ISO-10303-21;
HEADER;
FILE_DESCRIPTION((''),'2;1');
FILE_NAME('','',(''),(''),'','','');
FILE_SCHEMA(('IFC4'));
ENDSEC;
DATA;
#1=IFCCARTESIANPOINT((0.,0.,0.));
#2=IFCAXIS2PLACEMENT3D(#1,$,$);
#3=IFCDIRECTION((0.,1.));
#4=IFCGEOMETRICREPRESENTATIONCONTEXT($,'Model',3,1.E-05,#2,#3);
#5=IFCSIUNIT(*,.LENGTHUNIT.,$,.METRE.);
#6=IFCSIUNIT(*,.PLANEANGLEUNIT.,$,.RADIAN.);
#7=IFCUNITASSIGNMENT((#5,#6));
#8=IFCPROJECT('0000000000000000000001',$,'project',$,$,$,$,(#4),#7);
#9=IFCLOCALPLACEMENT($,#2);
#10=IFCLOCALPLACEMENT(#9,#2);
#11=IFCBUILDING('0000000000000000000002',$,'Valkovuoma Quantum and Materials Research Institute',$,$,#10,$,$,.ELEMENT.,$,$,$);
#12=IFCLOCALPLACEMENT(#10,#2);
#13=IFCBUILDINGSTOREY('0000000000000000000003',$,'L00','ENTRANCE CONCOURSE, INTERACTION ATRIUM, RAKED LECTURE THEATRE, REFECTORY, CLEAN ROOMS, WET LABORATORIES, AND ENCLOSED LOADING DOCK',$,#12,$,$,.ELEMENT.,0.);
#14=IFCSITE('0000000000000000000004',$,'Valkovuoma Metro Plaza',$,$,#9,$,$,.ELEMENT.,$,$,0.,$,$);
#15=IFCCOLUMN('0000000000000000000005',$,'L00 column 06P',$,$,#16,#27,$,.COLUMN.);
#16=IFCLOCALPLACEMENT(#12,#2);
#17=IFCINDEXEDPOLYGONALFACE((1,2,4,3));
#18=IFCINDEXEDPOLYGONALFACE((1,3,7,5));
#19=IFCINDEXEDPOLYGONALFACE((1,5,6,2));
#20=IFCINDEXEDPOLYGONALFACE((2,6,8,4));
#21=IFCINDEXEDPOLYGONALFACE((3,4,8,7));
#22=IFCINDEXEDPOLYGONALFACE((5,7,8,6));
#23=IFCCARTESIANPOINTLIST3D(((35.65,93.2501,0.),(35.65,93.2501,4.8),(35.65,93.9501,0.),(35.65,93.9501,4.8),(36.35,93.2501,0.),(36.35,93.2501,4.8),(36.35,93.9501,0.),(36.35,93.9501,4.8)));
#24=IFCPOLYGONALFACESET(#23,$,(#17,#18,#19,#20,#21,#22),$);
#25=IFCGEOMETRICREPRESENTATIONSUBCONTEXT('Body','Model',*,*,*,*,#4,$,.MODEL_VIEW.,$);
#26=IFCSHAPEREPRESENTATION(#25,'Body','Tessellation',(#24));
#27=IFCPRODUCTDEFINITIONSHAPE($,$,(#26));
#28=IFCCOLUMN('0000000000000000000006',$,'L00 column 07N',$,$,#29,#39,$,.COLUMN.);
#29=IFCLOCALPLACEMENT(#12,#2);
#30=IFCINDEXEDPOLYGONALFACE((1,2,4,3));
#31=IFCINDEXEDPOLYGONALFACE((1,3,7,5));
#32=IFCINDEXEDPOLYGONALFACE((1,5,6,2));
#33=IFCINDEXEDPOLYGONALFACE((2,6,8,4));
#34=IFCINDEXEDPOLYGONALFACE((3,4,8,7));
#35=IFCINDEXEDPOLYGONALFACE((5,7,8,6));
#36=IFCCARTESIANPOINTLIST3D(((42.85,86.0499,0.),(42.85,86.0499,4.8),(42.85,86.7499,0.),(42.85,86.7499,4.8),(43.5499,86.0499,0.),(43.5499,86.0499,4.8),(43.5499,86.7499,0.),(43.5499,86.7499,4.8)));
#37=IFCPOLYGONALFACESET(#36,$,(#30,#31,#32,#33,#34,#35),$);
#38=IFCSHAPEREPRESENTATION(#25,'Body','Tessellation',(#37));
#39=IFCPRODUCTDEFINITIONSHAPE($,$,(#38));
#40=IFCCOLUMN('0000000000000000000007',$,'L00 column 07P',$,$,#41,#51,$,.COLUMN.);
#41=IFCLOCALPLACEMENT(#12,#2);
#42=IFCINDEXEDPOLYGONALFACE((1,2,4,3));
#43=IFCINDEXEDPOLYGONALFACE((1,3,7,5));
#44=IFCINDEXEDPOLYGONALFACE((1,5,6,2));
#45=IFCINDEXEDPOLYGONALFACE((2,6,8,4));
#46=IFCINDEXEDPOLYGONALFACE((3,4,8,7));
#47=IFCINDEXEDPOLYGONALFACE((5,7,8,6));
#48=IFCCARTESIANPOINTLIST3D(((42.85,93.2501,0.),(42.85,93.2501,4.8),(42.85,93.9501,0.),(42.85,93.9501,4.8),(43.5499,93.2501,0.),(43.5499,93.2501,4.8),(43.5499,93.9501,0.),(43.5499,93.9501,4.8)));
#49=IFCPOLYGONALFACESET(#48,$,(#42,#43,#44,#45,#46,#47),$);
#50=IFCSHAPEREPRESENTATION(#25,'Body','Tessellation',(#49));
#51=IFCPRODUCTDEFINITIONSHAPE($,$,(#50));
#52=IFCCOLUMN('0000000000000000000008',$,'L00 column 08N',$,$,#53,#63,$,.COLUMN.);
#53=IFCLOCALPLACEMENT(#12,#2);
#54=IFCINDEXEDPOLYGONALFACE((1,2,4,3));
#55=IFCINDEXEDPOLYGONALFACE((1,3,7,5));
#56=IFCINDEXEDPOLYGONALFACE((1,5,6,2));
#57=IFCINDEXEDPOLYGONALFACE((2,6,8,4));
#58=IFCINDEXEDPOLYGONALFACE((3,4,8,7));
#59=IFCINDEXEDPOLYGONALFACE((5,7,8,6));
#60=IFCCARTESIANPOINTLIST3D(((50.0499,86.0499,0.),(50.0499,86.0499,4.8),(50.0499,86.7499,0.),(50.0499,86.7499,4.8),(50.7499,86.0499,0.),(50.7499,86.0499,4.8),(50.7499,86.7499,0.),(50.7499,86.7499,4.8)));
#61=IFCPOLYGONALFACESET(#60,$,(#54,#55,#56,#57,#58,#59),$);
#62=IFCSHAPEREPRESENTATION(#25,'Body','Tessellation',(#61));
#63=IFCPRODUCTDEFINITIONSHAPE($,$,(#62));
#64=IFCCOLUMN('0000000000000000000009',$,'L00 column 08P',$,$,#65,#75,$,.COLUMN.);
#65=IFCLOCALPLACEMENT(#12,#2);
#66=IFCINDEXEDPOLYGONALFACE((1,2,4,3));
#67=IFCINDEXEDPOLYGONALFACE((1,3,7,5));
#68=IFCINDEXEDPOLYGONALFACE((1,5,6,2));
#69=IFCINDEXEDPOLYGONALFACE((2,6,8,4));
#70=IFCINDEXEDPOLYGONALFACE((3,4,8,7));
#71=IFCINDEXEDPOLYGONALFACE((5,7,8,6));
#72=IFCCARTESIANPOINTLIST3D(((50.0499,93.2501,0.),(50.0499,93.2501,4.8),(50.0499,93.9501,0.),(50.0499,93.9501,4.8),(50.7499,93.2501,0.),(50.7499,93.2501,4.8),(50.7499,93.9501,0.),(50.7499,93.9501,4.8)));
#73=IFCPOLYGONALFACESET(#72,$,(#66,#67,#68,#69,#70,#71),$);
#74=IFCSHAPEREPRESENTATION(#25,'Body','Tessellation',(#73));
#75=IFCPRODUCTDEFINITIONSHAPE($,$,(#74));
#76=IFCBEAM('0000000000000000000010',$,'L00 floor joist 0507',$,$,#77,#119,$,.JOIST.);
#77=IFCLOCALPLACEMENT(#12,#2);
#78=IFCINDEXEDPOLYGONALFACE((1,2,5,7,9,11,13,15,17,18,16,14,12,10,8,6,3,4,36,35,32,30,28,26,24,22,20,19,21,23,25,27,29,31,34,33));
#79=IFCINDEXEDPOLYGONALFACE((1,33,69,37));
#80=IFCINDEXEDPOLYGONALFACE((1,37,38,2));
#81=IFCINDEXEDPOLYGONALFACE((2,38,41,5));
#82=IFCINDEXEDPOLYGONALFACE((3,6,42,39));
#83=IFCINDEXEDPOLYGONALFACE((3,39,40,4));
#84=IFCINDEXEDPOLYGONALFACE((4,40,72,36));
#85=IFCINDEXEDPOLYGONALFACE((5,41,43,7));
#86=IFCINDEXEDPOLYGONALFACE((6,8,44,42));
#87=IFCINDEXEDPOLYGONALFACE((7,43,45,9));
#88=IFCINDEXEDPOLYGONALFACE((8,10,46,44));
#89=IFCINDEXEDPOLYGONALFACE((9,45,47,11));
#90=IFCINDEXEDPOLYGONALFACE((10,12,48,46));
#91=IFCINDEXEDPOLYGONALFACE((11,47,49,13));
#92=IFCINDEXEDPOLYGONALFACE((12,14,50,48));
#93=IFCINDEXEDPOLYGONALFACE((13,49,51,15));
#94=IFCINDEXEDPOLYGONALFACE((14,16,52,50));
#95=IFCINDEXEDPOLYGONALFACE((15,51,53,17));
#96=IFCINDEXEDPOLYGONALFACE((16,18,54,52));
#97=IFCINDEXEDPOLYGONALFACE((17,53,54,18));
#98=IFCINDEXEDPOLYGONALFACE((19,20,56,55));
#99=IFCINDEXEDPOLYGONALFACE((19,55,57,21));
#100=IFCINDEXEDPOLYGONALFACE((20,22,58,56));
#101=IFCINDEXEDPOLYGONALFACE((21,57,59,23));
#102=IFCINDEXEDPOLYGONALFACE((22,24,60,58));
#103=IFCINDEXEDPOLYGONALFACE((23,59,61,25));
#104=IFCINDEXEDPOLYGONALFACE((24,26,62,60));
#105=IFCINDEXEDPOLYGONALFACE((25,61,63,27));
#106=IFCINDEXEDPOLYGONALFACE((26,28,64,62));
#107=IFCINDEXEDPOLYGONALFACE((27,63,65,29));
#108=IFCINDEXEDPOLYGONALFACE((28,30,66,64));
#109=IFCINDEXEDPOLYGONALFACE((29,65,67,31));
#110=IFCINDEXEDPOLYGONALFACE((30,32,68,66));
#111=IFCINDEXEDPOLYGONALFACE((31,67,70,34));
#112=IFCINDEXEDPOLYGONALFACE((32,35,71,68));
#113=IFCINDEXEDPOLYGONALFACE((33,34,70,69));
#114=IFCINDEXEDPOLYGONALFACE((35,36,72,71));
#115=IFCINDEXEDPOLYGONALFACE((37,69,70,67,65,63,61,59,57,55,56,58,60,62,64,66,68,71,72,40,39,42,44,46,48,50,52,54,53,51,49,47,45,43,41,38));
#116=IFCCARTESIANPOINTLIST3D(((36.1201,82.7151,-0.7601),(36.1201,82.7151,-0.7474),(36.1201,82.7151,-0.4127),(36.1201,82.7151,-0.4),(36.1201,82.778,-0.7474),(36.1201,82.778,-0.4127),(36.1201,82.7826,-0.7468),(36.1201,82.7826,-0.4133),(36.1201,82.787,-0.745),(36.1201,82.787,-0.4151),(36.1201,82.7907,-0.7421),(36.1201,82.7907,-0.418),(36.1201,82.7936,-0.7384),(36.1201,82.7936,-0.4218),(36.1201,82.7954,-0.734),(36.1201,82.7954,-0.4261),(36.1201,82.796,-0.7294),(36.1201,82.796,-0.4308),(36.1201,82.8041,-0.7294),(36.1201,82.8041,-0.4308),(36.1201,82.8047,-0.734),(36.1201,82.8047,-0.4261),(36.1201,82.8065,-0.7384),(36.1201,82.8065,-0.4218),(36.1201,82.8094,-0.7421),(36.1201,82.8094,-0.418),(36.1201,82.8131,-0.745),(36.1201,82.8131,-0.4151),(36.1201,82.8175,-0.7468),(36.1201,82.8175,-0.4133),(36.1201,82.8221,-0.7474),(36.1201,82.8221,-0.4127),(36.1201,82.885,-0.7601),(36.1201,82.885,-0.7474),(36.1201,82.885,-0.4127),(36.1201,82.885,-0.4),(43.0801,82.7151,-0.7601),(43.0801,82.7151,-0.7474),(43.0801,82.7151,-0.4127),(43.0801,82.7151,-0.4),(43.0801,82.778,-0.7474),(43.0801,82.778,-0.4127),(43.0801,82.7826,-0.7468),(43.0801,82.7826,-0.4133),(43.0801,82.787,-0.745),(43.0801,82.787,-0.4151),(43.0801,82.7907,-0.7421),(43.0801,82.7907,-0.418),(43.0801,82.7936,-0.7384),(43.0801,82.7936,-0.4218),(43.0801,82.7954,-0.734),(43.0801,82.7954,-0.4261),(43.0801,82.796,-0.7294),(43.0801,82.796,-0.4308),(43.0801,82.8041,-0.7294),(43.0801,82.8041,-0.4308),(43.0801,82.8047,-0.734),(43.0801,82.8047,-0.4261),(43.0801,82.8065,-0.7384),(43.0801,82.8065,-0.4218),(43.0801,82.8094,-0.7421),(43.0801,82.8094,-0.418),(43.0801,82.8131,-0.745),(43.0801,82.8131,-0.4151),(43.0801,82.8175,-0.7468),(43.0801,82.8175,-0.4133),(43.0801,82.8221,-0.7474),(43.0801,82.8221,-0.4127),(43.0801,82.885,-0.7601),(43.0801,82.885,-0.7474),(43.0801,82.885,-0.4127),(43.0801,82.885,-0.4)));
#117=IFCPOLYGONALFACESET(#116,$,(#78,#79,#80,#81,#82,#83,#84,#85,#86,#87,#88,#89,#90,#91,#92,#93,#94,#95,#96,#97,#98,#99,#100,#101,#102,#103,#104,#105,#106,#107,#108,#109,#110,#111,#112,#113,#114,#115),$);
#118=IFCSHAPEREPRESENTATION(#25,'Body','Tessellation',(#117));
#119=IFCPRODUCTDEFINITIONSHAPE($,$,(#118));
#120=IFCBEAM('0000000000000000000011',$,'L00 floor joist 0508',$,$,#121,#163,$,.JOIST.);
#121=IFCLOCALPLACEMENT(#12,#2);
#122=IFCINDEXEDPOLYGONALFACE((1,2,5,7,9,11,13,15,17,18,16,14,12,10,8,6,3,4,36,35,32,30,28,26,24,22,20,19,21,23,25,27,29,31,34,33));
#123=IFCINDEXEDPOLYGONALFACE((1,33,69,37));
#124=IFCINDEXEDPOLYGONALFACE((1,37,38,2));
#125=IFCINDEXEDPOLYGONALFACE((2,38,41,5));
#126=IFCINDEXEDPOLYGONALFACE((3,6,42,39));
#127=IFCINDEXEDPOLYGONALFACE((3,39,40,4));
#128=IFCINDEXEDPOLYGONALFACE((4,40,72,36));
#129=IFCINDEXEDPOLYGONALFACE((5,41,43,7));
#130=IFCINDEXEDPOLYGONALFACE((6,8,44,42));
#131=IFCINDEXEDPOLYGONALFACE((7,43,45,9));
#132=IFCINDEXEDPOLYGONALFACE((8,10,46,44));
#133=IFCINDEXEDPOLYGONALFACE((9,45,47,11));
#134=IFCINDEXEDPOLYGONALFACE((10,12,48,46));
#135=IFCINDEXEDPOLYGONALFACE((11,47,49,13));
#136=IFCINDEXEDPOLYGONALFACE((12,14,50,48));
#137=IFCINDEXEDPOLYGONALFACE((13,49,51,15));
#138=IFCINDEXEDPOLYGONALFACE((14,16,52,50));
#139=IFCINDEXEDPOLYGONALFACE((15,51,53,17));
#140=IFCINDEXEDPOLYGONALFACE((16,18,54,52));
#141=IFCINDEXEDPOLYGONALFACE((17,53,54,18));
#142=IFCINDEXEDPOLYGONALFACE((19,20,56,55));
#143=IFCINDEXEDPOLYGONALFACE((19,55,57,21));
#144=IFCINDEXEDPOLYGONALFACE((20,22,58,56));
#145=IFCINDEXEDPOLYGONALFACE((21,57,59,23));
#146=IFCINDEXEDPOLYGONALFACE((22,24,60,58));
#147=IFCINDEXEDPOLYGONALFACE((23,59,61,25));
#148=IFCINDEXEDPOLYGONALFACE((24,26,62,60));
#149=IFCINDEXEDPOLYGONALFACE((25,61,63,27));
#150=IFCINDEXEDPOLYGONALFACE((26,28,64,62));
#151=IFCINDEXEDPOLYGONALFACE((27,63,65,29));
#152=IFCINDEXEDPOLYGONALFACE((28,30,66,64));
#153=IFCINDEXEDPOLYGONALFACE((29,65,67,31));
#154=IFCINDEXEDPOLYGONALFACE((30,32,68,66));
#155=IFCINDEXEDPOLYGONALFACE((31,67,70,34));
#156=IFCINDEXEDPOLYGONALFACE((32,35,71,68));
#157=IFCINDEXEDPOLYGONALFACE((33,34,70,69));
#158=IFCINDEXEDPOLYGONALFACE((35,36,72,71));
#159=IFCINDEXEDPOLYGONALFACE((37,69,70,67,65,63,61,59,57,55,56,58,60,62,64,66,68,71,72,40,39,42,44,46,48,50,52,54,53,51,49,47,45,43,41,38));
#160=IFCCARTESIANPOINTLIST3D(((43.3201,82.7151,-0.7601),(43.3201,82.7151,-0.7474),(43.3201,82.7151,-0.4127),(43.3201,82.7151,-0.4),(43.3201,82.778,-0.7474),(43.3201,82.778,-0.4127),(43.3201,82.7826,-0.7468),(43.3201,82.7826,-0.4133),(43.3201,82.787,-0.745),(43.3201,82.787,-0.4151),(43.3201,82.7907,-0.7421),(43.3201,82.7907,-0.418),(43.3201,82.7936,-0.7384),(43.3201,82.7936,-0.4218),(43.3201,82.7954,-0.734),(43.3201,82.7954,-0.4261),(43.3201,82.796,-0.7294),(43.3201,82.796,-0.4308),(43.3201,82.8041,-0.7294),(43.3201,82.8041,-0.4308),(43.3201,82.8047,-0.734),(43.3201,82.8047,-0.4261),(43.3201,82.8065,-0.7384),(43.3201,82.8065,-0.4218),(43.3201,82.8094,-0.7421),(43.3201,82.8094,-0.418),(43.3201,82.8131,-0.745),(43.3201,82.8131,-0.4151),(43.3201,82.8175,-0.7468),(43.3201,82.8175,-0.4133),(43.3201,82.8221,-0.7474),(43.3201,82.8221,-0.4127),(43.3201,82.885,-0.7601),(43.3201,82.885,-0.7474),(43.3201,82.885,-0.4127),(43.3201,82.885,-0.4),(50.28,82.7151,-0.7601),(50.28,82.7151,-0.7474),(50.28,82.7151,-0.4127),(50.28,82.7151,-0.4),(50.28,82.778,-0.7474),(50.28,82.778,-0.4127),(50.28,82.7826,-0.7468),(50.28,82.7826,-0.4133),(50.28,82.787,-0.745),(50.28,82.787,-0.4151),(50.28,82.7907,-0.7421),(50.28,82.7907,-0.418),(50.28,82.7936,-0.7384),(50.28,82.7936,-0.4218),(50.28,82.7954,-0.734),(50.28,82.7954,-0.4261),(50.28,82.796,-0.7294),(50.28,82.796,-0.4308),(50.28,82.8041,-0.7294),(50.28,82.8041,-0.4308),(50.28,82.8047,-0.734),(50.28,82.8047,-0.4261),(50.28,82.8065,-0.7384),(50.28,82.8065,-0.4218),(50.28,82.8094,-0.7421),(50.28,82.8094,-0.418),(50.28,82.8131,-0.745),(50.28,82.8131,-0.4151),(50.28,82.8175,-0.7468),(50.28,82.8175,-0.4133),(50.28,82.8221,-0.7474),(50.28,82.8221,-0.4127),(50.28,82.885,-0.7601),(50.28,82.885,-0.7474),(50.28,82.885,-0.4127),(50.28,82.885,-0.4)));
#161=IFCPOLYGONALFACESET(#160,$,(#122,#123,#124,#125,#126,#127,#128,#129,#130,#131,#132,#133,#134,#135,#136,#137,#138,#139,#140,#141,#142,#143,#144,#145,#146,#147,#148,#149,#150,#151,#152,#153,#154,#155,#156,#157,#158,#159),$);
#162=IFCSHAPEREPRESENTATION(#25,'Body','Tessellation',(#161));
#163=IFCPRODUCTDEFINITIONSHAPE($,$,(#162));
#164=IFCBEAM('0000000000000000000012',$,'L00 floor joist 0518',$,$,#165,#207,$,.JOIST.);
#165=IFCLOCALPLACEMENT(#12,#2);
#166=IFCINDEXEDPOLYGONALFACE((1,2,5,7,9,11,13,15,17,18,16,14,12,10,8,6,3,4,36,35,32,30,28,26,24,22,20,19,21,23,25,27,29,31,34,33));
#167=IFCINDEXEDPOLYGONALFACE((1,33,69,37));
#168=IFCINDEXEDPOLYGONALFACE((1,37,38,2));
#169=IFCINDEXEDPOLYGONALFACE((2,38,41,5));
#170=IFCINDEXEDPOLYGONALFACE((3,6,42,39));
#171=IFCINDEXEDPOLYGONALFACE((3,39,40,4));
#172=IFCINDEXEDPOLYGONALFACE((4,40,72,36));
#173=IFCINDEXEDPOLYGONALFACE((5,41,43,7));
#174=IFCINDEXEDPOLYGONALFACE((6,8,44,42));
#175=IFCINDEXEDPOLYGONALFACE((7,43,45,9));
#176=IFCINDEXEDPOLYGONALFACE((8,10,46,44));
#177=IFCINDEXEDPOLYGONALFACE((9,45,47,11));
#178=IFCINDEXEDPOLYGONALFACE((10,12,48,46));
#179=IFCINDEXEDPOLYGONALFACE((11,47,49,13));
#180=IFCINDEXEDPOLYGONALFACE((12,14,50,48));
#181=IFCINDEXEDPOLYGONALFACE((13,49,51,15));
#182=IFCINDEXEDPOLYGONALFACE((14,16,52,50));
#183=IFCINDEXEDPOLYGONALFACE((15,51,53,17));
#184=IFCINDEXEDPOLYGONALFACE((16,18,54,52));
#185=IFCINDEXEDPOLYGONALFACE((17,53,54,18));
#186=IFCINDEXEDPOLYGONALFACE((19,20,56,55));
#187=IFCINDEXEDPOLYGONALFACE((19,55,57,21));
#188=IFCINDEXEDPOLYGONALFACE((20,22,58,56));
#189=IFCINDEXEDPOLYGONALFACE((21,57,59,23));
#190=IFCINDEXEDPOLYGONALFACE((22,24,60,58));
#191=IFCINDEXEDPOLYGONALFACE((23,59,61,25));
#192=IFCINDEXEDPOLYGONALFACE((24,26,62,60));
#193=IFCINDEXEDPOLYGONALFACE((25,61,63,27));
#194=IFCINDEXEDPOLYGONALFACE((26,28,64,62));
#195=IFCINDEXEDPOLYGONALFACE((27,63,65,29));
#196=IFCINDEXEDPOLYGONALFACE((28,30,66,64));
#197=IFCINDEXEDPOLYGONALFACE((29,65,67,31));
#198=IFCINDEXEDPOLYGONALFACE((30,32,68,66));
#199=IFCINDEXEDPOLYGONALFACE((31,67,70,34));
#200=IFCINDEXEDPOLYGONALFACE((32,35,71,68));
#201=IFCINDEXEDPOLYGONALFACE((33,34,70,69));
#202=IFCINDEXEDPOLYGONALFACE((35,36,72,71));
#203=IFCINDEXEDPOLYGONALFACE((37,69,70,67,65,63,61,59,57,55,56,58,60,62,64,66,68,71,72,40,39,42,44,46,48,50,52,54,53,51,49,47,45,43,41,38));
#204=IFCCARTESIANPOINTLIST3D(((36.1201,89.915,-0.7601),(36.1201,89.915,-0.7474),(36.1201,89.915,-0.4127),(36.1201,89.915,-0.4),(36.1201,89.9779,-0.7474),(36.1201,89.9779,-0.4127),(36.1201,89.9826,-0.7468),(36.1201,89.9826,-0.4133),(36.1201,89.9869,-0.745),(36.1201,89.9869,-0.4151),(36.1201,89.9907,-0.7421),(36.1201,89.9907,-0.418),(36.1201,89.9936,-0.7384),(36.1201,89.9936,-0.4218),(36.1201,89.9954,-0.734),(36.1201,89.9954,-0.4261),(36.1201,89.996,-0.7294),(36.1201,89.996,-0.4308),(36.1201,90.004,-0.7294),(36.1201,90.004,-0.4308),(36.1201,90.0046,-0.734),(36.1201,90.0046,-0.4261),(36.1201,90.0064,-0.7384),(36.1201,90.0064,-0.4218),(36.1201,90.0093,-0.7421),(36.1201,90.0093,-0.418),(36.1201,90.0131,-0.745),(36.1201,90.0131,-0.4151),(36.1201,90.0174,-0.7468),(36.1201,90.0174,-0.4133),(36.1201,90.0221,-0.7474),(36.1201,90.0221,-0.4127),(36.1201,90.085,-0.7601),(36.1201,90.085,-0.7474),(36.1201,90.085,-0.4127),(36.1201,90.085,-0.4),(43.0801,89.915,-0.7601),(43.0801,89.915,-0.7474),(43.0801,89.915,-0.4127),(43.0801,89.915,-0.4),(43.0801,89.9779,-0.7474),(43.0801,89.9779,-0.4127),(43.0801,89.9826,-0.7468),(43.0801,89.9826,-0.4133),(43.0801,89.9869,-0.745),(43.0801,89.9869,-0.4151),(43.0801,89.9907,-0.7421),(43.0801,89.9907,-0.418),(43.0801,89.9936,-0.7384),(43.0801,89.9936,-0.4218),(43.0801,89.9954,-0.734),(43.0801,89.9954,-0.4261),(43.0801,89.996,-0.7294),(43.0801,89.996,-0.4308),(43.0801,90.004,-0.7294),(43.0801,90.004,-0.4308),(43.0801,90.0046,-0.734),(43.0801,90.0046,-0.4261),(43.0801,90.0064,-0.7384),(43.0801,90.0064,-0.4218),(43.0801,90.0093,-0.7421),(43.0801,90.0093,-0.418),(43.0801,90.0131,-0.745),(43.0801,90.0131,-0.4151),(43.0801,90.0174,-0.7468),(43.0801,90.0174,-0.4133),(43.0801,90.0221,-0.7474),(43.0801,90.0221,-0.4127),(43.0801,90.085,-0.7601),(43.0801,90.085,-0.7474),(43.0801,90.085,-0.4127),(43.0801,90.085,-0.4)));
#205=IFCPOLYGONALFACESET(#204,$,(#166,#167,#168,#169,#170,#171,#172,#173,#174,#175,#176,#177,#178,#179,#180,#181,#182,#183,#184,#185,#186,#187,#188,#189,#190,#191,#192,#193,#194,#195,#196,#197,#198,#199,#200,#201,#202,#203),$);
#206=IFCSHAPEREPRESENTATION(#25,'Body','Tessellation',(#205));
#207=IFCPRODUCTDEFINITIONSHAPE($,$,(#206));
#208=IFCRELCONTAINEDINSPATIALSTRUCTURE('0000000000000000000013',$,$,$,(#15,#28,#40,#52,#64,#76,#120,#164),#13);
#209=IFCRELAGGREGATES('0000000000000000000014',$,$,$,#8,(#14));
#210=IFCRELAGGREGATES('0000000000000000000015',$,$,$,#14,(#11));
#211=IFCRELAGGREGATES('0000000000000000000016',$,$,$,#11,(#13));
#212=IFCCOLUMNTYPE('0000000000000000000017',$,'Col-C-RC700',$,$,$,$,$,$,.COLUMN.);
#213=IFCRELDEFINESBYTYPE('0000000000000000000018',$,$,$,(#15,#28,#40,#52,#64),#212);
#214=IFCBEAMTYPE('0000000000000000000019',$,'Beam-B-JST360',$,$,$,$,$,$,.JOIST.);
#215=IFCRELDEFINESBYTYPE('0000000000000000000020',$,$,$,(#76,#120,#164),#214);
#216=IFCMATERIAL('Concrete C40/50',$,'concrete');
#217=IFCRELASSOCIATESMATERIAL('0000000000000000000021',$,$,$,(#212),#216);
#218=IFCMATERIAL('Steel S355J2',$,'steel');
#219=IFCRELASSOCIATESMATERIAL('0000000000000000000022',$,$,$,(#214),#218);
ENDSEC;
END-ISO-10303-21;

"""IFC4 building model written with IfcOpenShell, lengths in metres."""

from ifc_helpers import new_model, si_unit, direction, frame, origin, origin_2d, place, context, subcontext, project, spatial, rectangle, i_section, extrude, material, material_profile, profile_set, type_object, element, save


model = new_model("IFC4")

# Units and contexts
model_context = context("Model", 3, precision=1e-05, world=origin(), true_north=direction((0.0, 1.0)))
body_context = subcontext(model_context, "Body", "Model", "MODEL_VIEW")
ifc_project = project(units=[si_unit("LENGTHUNIT", "METRE"), si_unit("PLANEANGLEUNIT", "RADIAN")], contexts=[model_context])

# Site, building, storey
site_placement = place(None, origin())
site = spatial("IfcSite", under=ifc_project, at=site_placement, Name="Valkovuoma Metro Plaza", CompositionType="ELEMENT", RefElevation=0.0)
building_placement = place(site_placement, origin())
building = spatial("IfcBuilding", under=site, at=building_placement, Name="Valkovuoma Quantum and Materials Research Institute", CompositionType="ELEMENT")
storey_placement = place(building_placement, origin())
storey = spatial("IfcBuildingStorey", under=building, at=storey_placement, Name="L00", Description="ENTRANCE CONCOURSE, INTERACTION ATRIUM, RAKED LECTURE THEATRE, REFECTORY, CLEAN ROOMS, WET LABORATORIES, AND ENCLOSED LOADING DOCK", CompositionType="ELEMENT", Elevation=0.0)

# Columns
ifc_material_1 = material(Name="Concrete C40/50", Category="concrete")
ifc_material_profile_1 = material_profile(ifc_material_1, rectangle(XDim=0.7, YDim=0.7, at=origin_2d()), Name="Concrete C40/50")
ifc_profile_set_1 = profile_set([ifc_material_profile_1], Name="Concrete C40/50")
column_type = type_object("IfcColumnType", Name="Col-C-RC700", PredefinedType="COLUMN", material=ifc_profile_set_1)
for number, where, z_axis, x_axis, name in (
    (1, (36.0, 93.6001, 0.0), (0.0, 0.0, 1.0), (1.0, 0.0, 0.0), "L00 column 06P"),
    (2, (43.2, 86.3999, 0.0), (0.0, 0.0, 1.0), (1.0, 0.0, 0.0), "L00 column 07N"),
    (3, (43.2, 93.6001, 0.0), (0.0, 0.0, 1.0), (1.0, 0.0, 0.0), "L00 column 07P"),
    (4, (50.3999, 86.3999, 0.0), (0.0, 0.0, 1.0), (1.0, 0.0, 0.0), "L00 column 08N"),
    (5, (50.3999, 93.6001, 0.0), (0.0, 0.0, 1.0), (1.0, 0.0, 0.0), "L00 column 08P"),
):
    element("IfcColumn", number, at=place(storey_placement, frame(where, z_axis=z_axis, x_axis=x_axis)), inside=storey, type_object=column_type, Name=name, PredefinedType="COLUMN", context=body_context, shape_type="SweptSolid", body=[
        extrude(rectangle(XDim=0.7, YDim=0.7, at=origin_2d()), origin(), (0.0, 0.0, 1.0), 4.8),
    ])

# Beams
ifc_material_2 = material(Name="Steel S355J2", Category="steel")
ifc_material_profile_2 = material_profile(ifc_material_2, i_section(OverallWidth=0.1699, OverallDepth=0.3601, WebThickness=0.0081, FlangeThickness=0.0127, FilletRadius=0.0181, at=origin_2d()), Name="Steel S355J2")
ifc_profile_set_2 = profile_set([ifc_material_profile_2], Name="Steel S355J2")
beam_type_1 = type_object("IfcBeamType", Name="Beam-B-JST360", PredefinedType="JOIST", material=ifc_profile_set_2)
for number, where, z_axis, x_axis, name in (
    (6, (36.1201, 82.8, -0.5801), (1.0, 0.0, 0.0), (0.0, 1.0, 0.0), "L00 floor joist 0507"),
    (7, (43.3201, 82.8, -0.5801), (1.0, 0.0, 0.0), (0.0, 1.0, 0.0), "L00 floor joist 0508"),
    (8, (36.1201, 90.0, -0.5801), (1.0, 0.0, 0.0), (0.0, 1.0, 0.0), "L00 floor joist 0518"),
):
    element("IfcBeam", number, at=place(storey_placement, frame(where, z_axis=z_axis, x_axis=x_axis)), inside=storey, type_object=beam_type_1, Name=name, PredefinedType="JOIST", context=body_context, shape_type="SweptSolid", body=[
        extrude(i_section(OverallWidth=0.1699, OverallDepth=0.3601, WebThickness=0.0081, FlangeThickness=0.0127, FilletRadius=0.0181, at=origin_2d()), origin(), (0.0, 0.0, 1.0), 6.96),
    ])

save(model, "model.ifc")
